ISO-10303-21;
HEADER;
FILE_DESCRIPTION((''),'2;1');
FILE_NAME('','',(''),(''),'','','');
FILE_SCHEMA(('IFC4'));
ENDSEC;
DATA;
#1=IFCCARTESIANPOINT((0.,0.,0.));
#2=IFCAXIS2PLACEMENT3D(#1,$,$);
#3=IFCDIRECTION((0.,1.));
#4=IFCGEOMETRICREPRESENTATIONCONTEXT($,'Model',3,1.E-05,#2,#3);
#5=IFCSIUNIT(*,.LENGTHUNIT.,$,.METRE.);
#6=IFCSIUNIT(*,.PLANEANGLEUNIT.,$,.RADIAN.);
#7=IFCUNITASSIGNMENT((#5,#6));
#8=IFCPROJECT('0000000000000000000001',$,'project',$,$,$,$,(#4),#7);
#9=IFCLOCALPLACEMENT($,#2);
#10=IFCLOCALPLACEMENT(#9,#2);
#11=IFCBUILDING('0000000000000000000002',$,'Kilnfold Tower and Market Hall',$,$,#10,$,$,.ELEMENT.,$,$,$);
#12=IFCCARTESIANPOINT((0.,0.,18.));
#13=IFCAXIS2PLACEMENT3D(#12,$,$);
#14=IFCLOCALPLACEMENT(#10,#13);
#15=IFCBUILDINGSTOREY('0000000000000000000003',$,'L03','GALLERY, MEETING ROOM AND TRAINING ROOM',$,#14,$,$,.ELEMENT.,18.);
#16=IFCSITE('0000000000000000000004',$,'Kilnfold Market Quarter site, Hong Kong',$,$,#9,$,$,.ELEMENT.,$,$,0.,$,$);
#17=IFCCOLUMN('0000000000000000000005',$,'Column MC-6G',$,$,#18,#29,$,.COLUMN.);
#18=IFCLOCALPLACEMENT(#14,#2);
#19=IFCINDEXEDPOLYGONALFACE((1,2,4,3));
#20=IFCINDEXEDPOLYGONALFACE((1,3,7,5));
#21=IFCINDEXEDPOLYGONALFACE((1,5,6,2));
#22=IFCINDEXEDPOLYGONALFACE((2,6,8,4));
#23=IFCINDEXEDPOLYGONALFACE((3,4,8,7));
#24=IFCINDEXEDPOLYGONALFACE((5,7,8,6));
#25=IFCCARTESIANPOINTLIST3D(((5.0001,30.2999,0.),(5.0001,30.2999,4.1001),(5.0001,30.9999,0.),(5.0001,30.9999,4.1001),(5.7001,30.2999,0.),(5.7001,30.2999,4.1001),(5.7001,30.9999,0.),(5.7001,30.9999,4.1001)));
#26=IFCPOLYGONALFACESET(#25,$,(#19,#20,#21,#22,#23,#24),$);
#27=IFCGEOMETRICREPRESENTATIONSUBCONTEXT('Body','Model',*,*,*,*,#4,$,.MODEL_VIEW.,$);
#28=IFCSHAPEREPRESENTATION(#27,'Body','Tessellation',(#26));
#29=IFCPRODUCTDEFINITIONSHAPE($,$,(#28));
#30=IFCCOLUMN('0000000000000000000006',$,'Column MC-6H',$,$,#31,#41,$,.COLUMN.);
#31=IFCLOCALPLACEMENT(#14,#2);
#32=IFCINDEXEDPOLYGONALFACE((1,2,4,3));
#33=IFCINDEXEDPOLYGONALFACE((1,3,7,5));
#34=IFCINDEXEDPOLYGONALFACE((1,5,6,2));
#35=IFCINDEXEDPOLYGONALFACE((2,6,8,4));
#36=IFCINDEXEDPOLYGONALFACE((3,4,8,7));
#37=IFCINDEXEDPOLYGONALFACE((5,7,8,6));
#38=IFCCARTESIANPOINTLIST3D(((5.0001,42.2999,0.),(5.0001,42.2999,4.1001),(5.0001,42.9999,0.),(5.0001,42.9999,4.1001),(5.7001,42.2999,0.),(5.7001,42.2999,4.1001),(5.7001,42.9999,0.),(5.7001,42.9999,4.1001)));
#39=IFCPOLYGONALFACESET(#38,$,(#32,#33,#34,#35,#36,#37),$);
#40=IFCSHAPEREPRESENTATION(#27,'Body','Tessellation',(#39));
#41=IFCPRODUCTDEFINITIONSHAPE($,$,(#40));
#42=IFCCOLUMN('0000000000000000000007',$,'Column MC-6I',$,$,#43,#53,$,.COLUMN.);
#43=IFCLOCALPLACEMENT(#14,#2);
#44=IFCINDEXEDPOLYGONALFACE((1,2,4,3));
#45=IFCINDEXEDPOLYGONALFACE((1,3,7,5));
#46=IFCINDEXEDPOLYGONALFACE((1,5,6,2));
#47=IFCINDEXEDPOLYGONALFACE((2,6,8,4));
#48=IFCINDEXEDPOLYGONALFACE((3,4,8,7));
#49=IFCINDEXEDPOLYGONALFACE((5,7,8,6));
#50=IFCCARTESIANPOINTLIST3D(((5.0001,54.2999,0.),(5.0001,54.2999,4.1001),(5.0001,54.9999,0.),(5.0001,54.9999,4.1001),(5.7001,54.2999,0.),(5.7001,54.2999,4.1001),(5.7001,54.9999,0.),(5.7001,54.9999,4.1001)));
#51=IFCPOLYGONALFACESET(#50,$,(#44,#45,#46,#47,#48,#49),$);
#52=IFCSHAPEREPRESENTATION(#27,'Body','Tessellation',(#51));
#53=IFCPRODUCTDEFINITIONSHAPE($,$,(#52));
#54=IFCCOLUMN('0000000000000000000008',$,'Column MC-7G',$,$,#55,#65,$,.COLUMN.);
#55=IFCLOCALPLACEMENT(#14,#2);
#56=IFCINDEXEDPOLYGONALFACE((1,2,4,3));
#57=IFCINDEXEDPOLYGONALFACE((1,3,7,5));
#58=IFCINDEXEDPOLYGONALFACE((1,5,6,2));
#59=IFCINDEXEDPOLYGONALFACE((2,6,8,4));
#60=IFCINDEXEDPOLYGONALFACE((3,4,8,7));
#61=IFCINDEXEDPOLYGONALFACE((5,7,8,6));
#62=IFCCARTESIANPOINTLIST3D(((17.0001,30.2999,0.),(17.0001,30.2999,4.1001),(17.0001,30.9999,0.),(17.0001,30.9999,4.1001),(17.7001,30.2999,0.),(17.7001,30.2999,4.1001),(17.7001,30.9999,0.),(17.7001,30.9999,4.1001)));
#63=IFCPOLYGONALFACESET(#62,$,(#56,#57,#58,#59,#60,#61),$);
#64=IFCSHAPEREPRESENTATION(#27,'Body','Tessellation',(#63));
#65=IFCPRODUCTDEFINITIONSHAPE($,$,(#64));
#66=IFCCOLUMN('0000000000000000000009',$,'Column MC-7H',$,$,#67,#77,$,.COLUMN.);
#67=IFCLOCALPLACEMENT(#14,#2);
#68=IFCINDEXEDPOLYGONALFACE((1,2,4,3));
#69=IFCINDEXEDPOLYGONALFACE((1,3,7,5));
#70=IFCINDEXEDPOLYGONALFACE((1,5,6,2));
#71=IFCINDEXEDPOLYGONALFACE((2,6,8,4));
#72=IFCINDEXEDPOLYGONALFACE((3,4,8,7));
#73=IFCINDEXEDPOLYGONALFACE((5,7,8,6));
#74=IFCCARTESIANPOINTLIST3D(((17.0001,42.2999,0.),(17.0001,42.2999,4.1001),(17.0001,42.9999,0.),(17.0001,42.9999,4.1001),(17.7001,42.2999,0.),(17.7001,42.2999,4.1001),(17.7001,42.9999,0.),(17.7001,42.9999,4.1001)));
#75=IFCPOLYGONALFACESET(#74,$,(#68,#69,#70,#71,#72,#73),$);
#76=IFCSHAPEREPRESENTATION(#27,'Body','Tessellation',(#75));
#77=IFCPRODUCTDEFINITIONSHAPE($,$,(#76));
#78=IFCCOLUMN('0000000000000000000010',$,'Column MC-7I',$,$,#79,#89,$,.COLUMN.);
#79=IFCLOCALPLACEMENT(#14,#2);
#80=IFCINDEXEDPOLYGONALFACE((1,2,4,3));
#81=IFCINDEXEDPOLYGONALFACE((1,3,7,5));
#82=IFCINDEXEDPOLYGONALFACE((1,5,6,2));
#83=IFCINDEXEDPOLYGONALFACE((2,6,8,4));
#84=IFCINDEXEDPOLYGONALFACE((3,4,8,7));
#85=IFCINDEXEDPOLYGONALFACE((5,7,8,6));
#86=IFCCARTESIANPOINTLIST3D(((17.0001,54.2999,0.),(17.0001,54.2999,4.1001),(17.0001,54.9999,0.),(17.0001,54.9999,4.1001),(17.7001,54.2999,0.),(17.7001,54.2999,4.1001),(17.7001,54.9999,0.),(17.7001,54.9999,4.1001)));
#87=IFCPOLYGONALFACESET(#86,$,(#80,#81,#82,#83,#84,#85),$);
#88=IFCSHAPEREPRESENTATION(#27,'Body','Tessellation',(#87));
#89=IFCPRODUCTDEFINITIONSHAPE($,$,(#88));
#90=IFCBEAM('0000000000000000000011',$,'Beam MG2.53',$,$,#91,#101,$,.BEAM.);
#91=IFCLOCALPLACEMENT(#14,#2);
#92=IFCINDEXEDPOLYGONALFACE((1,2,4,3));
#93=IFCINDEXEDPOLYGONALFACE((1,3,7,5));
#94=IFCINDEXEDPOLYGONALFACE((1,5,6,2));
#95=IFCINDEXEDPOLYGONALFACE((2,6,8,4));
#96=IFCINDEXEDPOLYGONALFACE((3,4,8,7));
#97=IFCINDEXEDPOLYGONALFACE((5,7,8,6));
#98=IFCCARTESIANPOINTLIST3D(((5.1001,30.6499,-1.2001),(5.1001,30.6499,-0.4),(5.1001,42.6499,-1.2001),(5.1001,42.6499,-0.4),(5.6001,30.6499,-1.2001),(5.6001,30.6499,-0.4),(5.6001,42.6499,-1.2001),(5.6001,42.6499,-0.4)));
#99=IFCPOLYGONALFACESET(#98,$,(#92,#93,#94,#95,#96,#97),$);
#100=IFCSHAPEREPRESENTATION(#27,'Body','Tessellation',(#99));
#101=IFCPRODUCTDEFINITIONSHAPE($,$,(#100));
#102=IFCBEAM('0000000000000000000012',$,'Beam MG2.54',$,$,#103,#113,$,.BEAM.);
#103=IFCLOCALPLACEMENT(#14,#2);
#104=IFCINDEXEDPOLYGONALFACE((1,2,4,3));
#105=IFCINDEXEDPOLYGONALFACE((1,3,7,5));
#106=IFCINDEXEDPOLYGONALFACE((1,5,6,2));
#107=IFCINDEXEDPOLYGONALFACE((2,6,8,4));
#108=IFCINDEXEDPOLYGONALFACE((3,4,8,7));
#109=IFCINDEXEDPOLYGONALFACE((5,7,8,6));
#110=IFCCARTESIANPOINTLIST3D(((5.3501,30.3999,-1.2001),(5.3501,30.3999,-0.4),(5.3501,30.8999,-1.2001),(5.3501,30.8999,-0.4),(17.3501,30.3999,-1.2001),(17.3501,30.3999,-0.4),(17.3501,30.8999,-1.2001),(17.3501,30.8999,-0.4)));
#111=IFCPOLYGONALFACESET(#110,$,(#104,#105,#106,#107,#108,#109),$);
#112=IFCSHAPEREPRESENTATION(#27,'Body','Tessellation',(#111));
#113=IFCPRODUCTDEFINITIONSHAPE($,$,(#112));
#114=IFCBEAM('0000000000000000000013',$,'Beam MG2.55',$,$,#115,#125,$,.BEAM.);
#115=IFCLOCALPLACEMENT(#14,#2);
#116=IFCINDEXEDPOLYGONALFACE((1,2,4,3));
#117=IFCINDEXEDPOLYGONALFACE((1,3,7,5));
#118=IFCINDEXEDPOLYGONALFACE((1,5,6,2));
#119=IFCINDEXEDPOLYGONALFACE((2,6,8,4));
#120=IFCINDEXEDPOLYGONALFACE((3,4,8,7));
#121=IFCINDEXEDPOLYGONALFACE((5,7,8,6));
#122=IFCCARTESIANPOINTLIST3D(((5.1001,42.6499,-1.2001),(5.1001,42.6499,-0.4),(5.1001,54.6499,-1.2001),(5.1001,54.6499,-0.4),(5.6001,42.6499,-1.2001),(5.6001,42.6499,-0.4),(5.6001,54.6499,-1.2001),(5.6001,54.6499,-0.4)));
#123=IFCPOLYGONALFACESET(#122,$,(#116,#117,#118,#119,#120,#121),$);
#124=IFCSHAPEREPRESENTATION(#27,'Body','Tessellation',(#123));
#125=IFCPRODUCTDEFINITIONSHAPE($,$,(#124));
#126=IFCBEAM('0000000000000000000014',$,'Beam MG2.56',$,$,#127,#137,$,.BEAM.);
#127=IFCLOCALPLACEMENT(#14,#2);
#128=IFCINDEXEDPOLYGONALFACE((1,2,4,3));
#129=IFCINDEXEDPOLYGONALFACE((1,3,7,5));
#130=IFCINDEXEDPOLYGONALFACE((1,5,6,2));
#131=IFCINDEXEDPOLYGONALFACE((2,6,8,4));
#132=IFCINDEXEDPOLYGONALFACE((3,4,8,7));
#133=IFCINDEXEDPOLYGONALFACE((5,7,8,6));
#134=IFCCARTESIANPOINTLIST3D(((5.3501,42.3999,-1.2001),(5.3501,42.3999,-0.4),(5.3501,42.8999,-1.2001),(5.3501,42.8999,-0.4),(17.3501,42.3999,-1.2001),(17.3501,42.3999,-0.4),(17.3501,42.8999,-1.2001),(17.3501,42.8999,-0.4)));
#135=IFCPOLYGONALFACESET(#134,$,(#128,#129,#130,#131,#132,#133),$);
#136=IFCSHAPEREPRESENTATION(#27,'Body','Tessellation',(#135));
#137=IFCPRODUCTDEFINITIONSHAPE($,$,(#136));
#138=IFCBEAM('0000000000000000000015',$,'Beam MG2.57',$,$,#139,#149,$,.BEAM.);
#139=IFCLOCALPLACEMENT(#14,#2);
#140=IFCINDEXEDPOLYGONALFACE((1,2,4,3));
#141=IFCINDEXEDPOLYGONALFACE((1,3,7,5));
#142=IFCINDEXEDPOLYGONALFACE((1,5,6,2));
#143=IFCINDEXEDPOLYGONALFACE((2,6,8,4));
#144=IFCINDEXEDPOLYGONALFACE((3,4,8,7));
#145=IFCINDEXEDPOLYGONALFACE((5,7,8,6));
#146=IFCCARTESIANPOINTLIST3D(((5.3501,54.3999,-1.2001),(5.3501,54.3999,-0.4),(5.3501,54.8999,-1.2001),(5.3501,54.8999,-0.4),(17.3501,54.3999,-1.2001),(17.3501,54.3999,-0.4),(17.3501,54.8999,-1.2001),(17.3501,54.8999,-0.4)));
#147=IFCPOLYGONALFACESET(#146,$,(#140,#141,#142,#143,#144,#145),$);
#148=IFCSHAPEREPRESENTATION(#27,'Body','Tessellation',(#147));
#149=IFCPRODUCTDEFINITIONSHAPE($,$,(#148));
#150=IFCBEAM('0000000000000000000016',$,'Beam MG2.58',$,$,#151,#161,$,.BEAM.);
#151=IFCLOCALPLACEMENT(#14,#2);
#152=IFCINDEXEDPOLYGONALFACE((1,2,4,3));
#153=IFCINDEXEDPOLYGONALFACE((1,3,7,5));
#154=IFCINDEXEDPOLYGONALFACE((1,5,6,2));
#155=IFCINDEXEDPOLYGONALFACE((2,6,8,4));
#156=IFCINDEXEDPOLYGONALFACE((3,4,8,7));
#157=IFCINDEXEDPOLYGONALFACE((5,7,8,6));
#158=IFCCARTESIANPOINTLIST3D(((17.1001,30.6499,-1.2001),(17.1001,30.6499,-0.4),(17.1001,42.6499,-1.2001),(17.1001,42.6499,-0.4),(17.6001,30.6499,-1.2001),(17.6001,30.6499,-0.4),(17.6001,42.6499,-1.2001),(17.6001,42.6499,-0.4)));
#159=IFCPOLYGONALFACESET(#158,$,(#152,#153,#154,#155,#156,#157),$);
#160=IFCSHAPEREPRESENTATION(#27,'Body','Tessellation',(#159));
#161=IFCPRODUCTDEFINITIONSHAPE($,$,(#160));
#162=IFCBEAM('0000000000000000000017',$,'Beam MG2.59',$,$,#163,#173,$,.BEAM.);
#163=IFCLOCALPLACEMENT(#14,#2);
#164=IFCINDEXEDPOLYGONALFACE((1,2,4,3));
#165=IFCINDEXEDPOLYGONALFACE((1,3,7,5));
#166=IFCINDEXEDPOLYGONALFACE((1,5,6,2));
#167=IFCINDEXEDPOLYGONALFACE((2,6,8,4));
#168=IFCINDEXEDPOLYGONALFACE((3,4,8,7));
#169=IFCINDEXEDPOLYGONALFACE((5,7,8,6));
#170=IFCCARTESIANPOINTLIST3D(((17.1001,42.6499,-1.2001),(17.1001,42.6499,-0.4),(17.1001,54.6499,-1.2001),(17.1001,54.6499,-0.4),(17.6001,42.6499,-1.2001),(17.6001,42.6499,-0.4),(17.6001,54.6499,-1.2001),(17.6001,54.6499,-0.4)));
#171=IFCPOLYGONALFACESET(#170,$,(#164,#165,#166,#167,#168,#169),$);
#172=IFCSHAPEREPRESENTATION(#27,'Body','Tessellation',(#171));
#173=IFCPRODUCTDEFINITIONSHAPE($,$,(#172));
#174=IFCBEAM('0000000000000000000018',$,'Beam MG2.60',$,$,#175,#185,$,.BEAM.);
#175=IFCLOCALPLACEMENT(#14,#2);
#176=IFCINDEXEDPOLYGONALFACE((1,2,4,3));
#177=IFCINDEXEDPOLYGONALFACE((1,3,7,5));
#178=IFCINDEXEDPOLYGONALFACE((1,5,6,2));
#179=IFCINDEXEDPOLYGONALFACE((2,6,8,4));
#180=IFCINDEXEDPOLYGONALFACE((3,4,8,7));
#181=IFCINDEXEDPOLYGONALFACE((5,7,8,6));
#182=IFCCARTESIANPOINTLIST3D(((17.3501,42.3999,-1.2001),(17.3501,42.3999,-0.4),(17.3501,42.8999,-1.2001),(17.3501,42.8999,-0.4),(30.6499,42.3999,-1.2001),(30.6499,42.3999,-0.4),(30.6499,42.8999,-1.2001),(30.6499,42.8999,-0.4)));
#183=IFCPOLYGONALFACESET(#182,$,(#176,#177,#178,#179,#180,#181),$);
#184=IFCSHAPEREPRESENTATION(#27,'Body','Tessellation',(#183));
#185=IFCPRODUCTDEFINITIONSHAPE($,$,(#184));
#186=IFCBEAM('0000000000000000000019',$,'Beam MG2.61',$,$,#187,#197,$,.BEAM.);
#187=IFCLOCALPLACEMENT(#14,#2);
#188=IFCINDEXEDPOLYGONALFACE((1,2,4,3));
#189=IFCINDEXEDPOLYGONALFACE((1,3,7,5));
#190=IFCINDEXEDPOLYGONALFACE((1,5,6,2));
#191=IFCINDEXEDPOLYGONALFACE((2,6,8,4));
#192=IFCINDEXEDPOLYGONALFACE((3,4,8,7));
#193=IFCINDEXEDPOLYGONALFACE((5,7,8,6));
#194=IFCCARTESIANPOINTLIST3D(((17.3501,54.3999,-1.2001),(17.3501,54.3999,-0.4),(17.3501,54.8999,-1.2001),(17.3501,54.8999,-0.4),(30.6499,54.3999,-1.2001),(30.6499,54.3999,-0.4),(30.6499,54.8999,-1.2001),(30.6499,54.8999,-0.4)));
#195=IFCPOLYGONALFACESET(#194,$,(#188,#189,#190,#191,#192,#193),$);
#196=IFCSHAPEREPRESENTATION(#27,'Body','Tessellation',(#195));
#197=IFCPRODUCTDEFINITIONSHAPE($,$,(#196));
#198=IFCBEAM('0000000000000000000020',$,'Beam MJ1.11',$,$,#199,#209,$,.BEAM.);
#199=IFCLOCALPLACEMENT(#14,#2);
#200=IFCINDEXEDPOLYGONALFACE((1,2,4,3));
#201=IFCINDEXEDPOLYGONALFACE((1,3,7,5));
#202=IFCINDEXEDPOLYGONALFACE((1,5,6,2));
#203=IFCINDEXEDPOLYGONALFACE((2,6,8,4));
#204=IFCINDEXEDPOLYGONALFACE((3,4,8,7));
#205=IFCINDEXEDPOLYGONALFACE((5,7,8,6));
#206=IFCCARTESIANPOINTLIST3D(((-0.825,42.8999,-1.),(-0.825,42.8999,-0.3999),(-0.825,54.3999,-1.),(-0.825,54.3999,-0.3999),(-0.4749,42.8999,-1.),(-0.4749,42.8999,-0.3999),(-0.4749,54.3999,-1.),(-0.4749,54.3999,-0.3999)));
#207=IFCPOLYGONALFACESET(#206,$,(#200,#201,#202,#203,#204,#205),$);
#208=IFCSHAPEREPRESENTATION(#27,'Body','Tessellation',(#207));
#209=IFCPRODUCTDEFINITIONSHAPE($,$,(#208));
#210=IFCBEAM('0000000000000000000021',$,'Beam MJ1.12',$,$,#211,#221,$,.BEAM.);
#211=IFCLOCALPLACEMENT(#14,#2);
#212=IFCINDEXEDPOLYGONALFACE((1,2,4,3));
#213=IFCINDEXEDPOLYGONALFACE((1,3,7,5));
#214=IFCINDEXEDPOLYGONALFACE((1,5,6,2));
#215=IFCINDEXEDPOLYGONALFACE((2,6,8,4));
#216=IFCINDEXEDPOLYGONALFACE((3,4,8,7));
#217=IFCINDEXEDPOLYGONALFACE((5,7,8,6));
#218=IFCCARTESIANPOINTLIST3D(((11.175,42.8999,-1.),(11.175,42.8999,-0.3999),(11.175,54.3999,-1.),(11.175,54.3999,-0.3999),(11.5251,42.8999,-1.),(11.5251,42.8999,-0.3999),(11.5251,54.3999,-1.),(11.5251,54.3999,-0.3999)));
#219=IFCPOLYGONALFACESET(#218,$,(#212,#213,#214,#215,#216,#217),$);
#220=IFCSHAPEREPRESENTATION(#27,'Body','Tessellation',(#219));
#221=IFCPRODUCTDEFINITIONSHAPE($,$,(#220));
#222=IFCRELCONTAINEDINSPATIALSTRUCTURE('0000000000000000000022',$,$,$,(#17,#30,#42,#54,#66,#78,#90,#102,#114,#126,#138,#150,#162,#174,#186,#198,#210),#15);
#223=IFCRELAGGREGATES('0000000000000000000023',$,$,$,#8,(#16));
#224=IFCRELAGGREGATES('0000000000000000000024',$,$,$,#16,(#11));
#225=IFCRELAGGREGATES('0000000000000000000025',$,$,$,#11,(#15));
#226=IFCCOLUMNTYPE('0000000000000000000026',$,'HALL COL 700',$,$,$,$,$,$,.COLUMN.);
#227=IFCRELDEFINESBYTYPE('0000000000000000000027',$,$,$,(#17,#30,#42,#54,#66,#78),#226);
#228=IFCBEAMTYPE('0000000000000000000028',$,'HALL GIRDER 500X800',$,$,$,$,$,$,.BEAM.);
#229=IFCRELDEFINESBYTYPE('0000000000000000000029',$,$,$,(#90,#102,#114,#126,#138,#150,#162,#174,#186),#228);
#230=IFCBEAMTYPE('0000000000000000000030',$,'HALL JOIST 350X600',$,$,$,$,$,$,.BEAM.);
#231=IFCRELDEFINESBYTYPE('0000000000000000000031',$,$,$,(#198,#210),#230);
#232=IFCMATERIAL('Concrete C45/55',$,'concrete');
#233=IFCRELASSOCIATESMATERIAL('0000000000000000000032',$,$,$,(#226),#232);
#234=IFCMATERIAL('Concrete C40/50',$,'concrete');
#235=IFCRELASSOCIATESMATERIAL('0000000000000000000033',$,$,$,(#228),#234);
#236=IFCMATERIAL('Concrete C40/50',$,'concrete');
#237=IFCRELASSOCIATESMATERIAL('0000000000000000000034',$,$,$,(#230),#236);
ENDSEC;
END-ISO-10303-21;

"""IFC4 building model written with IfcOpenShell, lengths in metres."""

from ifc_helpers import new_model, si_unit, direction, frame, origin, origin_2d, place, context, subcontext, project, spatial, rectangle, extrude, source, transform, mapped, material, material_profile, profile_set, type_object, element, save


model = new_model("IFC4")

# Units and contexts
model_context = context("Model", 3, precision=1e-05, world=origin(), true_north=direction((0.0, 1.0)))
body_context = subcontext(model_context, "Body", "Model", "MODEL_VIEW")
ifc_project = project(units=[si_unit("LENGTHUNIT", "METRE"), si_unit("PLANEANGLEUNIT", "RADIAN")], contexts=[model_context])

# Site, building, storey
site_placement = place(None, origin())
site = spatial("IfcSite", under=ifc_project, at=site_placement, Name="Kilnfold Market Quarter site, Hong Kong", CompositionType="ELEMENT", RefElevation=0.0)
building_placement = place(site_placement, origin())
building = spatial("IfcBuilding", under=site, at=building_placement, Name="Kilnfold Tower and Market Hall", CompositionType="ELEMENT")
storey_placement = place(building_placement, frame((0.0, 0.0, 18.0)))
storey = spatial("IfcBuildingStorey", under=building, at=storey_placement, Name="L03", Description="GALLERY, MEETING ROOM AND TRAINING ROOM", CompositionType="ELEMENT", Elevation=18.0)

# Columns
ifc_material_1 = material(Name="Concrete C45/55", Category="concrete")
ifc_material_profile_1 = material_profile(ifc_material_1, rectangle(XDim=0.7, YDim=0.7, at=origin_2d()), Name="RC 700x700")
ifc_profile_set_1 = profile_set([ifc_material_profile_1], Name="Concrete C45/55")
column_type = type_object("IfcColumnType", Name="HALL COL 700", PredefinedType="COLUMN", material=ifc_profile_set_1)
shared_shape_1 = source(origin(), body_context, "Body", "SweptSolid", [
    extrude(rectangle(XDim=0.7, YDim=0.7, at=origin_2d()), origin(), (0.0, 0.0, 1.0), 4.1001),
])
for number, where, z_axis, x_axis, name in (
    (1, (5.3501, 30.6499, 0.0), (0.0, 0.0, 1.0), (1.0, 0.0, 0.0), "Column MC-6G"),
    (2, (5.3501, 42.6499, 0.0), (0.0, 0.0, 1.0), (1.0, 0.0, 0.0), "Column MC-6H"),
    (3, (5.3501, 54.6499, 0.0), (0.0, 0.0, 1.0), (1.0, 0.0, 0.0), "Column MC-6I"),
    (4, (17.3501, 30.6499, 0.0), (0.0, 0.0, 1.0), (1.0, 0.0, 0.0), "Column MC-7G"),
    (5, (17.3501, 42.6499, 0.0), (0.0, 0.0, 1.0), (1.0, 0.0, 0.0), "Column MC-7H"),
    (6, (17.3501, 54.6499, 0.0), (0.0, 0.0, 1.0), (1.0, 0.0, 0.0), "Column MC-7I"),
):
    element("IfcColumn", number, at=place(storey_placement, frame(where, z_axis=z_axis, x_axis=x_axis)), inside=storey, type_object=column_type, Name=name, PredefinedType="COLUMN", context=body_context, shape_type="MappedRepresentation", body=[
        mapped(shared_shape_1, transform((0.0, 0.0, 0.0))),
    ])

# Beams
ifc_material_2 = material(Name="Concrete C40/50", Category="concrete")
ifc_material_profile_2 = material_profile(ifc_material_2, rectangle(XDim=0.5, YDim=0.8, at=origin_2d()), Name="RC 500x800")
ifc_profile_set_2 = profile_set([ifc_material_profile_2], Name="Concrete C40/50")
beam_type_1 = type_object("IfcBeamType", Name="HALL GIRDER 500X800", PredefinedType="BEAM", material=ifc_profile_set_2)
for number, where, z_axis, x_axis, name in (
    (7, (5.3501, 30.6499, -0.8), (0.0, 1.0, 0.0), (-1.0, 0.0, 0.0), "Beam MG2.53"),
    (8, (5.3501, 30.6499, -0.8), (1.0, 0.0, 0.0), (0.0, 1.0, 0.0), "Beam MG2.54"),
    (9, (5.3501, 42.6499, -0.8), (0.0, 1.0, 0.0), (-1.0, 0.0, 0.0), "Beam MG2.55"),
    (10, (5.3501, 42.6499, -0.8), (1.0, 0.0, 0.0), (0.0, 1.0, 0.0), "Beam MG2.56"),
    (11, (5.3501, 54.6499, -0.8), (1.0, 0.0, 0.0), (0.0, 1.0, 0.0), "Beam MG2.57"),
    (12, (17.3501, 30.6499, -0.8), (0.0, 1.0, 0.0), (-1.0, 0.0, 0.0), "Beam MG2.58"),
    (13, (17.3501, 42.6499, -0.8), (0.0, 1.0, 0.0), (-1.0, 0.0, 0.0), "Beam MG2.59"),
):
    element("IfcBeam", number, at=place(storey_placement, frame(where, z_axis=z_axis, x_axis=x_axis)), inside=storey, type_object=beam_type_1, Name=name, PredefinedType="BEAM", context=body_context, shape_type="SweptSolid", body=[
        extrude(rectangle(XDim=0.5, YDim=0.8, at=origin_2d()), origin(), (0.0, 0.0, 1.0), 12.0),
    ])
for number, where, z_axis, x_axis, name in (
    (14, (17.3501, 42.6499, -0.8), (1.0, 0.0, 0.0), (0.0, 1.0, 0.0), "Beam MG2.60"),
    (15, (17.3501, 54.6499, -0.8), (1.0, 0.0, 0.0), (0.0, 1.0, 0.0), "Beam MG2.61"),
):
    element("IfcBeam", number, at=place(storey_placement, frame(where, z_axis=z_axis, x_axis=x_axis)), inside=storey, type_object=beam_type_1, Name=name, PredefinedType="BEAM", context=body_context, shape_type="SweptSolid", body=[
        extrude(rectangle(XDim=0.5, YDim=0.8, at=origin_2d()), origin(), (0.0, 0.0, 1.0), 13.2998),
    ])
ifc_material_3 = material(Name="Concrete C40/50", Category="concrete")
ifc_material_profile_3 = material_profile(ifc_material_3, rectangle(XDim=0.3501, YDim=0.6001, at=origin_2d()), Name="RC 350x600")
ifc_profile_set_3 = profile_set([ifc_material_profile_3], Name="Concrete C40/50")
beam_type_2 = type_object("IfcBeamType", Name="HALL JOIST 350X600", PredefinedType="BEAM", material=ifc_profile_set_3)
for number, where, z_axis, x_axis, name in (
    (16, (-0.6499, 42.8999, -0.7), (0.0, 1.0, 0.0), (-1.0, 0.0, 0.0), "Beam MJ1.11"),
    (17, (11.3501, 42.8999, -0.7), (0.0, 1.0, 0.0), (-1.0, 0.0, 0.0), "Beam MJ1.12"),
):
    element("IfcBeam", number, at=place(storey_placement, frame(where, z_axis=z_axis, x_axis=x_axis)), inside=storey, type_object=beam_type_2, Name=name, PredefinedType="BEAM", context=body_context, shape_type="SweptSolid", body=[
        extrude(rectangle(XDim=0.3501, YDim=0.6001, at=origin_2d()), origin(), (0.0, 0.0, 1.0), 11.5),
    ])

save(model, "model.ifc")
